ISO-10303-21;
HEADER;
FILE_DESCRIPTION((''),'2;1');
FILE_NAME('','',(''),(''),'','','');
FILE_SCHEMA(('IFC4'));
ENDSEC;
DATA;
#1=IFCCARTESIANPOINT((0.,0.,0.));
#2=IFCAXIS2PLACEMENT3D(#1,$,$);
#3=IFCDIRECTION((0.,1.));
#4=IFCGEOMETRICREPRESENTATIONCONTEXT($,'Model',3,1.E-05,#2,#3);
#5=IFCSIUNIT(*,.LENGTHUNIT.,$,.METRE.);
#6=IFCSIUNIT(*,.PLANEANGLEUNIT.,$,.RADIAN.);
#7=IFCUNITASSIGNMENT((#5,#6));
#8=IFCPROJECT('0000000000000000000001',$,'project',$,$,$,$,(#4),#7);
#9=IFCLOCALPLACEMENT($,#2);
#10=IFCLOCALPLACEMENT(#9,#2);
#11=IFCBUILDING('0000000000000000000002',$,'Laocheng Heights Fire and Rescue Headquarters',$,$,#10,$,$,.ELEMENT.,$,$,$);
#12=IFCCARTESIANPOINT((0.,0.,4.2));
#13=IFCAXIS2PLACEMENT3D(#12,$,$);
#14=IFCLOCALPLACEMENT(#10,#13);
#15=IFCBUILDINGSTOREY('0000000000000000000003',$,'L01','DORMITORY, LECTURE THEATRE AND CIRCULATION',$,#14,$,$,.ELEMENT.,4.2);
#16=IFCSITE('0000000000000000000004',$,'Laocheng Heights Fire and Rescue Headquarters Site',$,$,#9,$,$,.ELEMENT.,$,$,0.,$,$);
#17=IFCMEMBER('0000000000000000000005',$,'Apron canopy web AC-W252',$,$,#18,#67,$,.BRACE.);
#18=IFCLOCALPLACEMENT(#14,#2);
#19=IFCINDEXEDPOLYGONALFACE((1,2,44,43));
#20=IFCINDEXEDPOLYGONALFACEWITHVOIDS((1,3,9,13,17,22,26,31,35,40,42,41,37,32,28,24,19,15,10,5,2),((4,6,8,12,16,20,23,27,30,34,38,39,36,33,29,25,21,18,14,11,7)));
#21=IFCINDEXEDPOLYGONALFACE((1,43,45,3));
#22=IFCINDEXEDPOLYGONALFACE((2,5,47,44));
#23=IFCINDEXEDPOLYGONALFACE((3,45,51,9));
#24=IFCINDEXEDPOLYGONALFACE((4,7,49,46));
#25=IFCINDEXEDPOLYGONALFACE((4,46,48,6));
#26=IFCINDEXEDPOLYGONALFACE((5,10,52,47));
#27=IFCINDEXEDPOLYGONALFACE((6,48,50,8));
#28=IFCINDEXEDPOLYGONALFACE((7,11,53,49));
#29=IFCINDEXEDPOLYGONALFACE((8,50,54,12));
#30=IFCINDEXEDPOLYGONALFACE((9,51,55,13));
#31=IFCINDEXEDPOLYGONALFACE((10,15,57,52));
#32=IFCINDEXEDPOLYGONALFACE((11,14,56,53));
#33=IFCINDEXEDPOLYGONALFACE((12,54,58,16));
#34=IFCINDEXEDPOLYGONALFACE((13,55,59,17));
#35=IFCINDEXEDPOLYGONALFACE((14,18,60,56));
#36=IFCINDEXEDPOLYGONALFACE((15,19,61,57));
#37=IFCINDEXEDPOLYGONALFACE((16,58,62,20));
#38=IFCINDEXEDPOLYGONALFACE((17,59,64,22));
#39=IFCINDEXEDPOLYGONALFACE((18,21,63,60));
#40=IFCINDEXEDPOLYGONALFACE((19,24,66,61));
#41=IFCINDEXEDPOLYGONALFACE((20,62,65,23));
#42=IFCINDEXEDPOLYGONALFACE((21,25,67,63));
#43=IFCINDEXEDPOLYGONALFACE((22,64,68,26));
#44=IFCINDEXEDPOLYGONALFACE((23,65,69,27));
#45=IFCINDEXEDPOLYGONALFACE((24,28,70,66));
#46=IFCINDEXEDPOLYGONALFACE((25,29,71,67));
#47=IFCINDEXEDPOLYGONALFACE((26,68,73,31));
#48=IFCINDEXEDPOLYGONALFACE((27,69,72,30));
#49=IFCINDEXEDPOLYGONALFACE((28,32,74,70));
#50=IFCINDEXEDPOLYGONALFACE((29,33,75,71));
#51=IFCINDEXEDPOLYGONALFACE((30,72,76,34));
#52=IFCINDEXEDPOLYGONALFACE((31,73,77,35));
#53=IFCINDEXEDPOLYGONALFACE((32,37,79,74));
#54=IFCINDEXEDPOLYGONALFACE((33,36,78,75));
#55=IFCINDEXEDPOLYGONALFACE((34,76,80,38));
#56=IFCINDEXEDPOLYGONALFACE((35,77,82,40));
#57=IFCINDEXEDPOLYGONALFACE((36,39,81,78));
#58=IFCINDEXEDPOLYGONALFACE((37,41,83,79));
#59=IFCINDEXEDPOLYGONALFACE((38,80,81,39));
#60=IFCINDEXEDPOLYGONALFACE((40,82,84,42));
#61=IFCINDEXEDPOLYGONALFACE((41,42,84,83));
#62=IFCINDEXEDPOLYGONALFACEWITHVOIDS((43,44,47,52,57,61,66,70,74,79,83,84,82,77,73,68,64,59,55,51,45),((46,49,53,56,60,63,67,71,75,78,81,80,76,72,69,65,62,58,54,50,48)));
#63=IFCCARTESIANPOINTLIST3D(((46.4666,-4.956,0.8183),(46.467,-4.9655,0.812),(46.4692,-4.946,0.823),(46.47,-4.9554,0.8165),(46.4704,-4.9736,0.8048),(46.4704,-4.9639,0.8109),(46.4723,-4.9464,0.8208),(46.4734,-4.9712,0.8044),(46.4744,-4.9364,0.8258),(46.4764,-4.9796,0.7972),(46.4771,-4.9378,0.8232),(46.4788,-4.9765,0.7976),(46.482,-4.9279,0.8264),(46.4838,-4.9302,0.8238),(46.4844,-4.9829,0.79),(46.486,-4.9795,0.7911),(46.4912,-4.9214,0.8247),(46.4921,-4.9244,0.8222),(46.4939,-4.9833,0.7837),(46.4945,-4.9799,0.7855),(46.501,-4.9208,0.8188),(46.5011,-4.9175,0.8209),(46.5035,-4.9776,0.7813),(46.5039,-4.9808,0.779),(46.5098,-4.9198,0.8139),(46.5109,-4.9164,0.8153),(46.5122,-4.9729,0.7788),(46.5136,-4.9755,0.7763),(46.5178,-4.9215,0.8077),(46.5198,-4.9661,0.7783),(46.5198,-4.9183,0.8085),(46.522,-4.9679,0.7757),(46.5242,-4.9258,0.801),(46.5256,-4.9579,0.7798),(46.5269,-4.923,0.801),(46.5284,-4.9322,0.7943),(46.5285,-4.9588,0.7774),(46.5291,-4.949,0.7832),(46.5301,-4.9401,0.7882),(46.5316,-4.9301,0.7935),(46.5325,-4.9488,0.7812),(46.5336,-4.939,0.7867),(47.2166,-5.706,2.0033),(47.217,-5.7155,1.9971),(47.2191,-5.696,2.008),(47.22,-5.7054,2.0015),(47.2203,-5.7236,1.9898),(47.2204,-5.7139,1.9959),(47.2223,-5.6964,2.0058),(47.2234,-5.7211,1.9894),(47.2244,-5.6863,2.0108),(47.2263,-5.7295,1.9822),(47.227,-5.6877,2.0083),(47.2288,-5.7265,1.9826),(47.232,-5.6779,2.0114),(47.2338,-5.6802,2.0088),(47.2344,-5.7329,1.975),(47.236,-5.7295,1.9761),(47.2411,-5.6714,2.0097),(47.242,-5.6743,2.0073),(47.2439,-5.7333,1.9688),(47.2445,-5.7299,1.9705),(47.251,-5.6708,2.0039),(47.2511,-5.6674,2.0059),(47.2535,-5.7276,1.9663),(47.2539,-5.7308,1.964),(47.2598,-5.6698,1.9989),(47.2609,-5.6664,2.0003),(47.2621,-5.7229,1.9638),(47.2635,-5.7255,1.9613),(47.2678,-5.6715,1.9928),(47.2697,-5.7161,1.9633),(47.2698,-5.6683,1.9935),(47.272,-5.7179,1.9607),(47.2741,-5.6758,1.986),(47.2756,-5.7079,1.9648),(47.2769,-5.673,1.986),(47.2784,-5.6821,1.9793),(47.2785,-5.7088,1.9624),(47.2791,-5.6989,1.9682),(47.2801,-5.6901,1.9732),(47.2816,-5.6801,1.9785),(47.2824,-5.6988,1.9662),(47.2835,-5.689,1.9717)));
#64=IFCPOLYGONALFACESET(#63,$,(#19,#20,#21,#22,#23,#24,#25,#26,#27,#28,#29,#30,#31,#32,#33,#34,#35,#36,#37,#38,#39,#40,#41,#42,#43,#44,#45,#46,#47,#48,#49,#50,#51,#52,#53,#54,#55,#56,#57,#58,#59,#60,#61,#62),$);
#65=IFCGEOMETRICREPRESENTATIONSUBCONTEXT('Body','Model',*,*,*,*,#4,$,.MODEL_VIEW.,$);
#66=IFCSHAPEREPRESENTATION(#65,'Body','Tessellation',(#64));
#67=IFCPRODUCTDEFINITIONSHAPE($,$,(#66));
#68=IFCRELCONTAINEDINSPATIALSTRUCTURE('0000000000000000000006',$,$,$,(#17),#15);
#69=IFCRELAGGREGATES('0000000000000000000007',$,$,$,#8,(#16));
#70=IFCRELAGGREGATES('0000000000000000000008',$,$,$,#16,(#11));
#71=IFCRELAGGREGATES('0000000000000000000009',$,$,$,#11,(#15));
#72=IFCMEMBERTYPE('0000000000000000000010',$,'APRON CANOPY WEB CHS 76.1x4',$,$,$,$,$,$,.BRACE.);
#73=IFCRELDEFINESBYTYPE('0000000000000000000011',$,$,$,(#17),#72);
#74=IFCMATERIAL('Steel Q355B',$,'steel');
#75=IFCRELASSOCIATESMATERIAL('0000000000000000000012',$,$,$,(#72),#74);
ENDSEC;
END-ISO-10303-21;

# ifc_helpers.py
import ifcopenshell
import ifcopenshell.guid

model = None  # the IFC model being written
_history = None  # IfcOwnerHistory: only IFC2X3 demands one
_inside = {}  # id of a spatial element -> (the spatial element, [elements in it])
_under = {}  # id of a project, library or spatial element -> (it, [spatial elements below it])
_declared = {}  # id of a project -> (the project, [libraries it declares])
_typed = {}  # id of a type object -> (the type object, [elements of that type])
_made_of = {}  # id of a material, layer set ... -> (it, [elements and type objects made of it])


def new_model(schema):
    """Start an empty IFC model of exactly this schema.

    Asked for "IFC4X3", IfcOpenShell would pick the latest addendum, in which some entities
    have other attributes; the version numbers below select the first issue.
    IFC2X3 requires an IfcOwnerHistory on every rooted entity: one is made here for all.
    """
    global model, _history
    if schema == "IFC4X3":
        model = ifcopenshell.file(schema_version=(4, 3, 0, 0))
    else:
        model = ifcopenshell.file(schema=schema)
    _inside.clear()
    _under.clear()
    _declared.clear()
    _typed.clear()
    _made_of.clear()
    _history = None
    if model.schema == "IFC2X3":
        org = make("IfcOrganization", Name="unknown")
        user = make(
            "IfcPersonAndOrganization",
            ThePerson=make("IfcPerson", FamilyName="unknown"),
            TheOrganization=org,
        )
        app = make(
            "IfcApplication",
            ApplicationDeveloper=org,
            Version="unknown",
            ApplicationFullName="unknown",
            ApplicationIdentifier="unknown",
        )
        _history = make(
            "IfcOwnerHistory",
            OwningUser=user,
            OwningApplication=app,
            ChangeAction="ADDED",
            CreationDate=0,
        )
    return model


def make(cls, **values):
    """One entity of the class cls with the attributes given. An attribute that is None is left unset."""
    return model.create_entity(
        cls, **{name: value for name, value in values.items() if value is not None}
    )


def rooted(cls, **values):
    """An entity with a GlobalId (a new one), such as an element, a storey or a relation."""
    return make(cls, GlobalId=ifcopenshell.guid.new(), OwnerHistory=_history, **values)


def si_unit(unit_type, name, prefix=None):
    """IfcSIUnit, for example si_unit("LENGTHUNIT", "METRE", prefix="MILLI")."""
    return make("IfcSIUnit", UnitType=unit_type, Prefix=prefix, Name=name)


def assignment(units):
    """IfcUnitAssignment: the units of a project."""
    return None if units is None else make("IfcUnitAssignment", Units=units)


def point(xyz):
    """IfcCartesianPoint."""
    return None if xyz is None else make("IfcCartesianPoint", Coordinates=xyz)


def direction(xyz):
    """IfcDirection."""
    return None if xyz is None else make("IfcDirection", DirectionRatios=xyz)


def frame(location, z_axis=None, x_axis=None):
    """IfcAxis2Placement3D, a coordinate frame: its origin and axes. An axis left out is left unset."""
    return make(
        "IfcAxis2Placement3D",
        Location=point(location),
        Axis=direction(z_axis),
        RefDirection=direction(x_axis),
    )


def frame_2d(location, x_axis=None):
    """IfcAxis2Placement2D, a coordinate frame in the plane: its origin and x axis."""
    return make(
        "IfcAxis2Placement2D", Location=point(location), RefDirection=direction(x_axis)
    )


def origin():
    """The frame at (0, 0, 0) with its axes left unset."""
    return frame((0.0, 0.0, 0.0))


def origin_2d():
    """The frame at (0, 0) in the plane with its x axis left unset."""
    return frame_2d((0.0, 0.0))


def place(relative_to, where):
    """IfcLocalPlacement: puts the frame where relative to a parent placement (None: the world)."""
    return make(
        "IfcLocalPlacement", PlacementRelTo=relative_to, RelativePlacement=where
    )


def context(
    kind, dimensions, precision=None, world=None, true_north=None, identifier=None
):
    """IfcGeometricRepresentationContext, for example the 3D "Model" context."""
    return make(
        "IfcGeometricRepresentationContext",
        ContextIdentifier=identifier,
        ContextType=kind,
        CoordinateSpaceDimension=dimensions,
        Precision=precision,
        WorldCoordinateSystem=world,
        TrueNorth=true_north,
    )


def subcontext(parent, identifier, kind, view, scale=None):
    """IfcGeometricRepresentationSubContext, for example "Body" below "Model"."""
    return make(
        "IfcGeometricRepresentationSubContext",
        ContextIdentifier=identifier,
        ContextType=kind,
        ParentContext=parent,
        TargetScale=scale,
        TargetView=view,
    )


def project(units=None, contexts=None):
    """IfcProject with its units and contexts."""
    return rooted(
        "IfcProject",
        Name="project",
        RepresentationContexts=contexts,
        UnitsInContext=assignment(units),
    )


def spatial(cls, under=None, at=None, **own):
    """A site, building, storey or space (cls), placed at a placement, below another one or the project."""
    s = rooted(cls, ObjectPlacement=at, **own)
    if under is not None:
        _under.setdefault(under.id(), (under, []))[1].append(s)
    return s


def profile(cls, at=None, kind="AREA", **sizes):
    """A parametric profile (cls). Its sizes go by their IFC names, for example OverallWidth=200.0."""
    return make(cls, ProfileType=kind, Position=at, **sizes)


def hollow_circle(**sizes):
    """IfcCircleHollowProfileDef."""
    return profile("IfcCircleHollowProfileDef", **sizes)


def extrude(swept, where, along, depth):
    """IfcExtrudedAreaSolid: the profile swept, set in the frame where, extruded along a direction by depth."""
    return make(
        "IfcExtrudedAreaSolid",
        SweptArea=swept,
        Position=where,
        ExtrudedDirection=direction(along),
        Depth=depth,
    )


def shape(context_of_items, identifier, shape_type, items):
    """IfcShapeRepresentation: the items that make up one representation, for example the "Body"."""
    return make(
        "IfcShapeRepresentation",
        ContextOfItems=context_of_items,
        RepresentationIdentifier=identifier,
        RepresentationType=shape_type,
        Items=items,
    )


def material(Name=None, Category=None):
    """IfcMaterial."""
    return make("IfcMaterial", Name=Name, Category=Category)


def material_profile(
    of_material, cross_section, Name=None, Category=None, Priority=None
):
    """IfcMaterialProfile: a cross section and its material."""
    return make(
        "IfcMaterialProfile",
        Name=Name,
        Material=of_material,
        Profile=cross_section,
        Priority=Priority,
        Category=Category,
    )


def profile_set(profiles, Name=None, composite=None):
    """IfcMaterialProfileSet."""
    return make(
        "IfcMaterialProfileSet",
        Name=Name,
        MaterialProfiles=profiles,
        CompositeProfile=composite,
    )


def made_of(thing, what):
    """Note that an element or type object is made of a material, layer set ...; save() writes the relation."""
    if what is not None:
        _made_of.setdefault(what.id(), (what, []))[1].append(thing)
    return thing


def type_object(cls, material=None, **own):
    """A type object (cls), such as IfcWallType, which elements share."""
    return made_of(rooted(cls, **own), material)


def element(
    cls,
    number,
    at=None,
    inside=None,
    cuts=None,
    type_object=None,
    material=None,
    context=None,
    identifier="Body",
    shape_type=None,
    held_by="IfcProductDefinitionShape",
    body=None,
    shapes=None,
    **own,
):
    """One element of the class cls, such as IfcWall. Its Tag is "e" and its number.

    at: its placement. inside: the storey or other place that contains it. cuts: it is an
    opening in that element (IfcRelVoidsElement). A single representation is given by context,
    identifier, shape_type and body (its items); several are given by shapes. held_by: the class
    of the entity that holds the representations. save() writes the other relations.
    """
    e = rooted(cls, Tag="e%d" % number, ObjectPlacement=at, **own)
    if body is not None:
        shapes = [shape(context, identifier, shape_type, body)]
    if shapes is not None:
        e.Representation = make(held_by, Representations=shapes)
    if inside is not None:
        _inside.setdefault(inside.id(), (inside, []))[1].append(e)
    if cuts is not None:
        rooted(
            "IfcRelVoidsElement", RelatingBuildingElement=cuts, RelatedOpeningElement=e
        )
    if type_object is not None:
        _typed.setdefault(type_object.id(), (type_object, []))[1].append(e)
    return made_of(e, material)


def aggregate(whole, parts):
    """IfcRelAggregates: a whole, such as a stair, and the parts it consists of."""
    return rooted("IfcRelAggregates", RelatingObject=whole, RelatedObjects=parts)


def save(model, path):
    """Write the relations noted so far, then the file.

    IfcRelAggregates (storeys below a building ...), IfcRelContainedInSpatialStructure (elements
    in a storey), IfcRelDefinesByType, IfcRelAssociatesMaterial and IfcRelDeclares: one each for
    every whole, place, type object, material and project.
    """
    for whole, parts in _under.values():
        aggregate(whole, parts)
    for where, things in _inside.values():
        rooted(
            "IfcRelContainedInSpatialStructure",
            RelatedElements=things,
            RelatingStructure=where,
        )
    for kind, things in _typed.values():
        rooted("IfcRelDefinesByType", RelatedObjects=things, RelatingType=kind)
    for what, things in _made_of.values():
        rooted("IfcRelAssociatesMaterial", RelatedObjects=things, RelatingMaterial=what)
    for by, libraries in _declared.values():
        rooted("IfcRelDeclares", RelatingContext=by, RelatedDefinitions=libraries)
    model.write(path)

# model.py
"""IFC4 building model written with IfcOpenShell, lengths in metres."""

from ifc_helpers import new_model, si_unit, direction, frame, origin, origin_2d, place, context, subcontext, project, spatial, hollow_circle, extrude, material, material_profile, profile_set, type_object, element, save


model = new_model("IFC4")

# Units and contexts
model_context = context("Model", 3, precision=1e-05, world=origin(), true_north=direction((0.0, 1.0)))
body_context = subcontext(model_context, "Body", "Model", "MODEL_VIEW")
ifc_project = project(units=[si_unit("LENGTHUNIT", "METRE"), si_unit("PLANEANGLEUNIT", "RADIAN")], contexts=[model_context])

# Site, building, storey
site_placement = place(None, origin())
site = spatial("IfcSite", under=ifc_project, at=site_placement, Name="Laocheng Heights Fire and Rescue Headquarters Site", CompositionType="ELEMENT", RefElevation=0.0)
building_placement = place(site_placement, origin())
building = spatial("IfcBuilding", under=site, at=building_placement, Name="Laocheng Heights Fire and Rescue Headquarters", CompositionType="ELEMENT")
storey_placement = place(building_placement, frame((0.0, 0.0, 4.2)))
storey = spatial("IfcBuildingStorey", under=building, at=storey_placement, Name="L01", Description="DORMITORY, LECTURE THEATRE AND CIRCULATION", CompositionType="ELEMENT", Elevation=4.2)

# Member
ifc_material_1 = material(Name="Steel Q355B", Category="steel")
ifc_material_profile_1 = material_profile(ifc_material_1, hollow_circle(Radius=0.0381, WallThickness=0.0039, at=origin_2d()), Name="CHS 76.1x4")
ifc_profile_set_1 = profile_set([ifc_material_profile_1], Name="Steel Q355B")
member_type_1 = type_object("IfcMemberType", Name="APRON CANOPY WEB CHS 76.1x4", PredefinedType="BRACE", material=ifc_profile_set_1)
for number, where, z_axis, x_axis, name in (
    (1, (46.5, -4.95, 0.801), (0.47158, -0.47158, 0.745134), (0.707107, 0.707107, 0.0), "Apron canopy web AC-W252"),
):
    element("IfcMember", number, at=place(storey_placement, frame(where, z_axis=z_axis, x_axis=x_axis)), inside=storey, type_object=member_type_1, Name=name, PredefinedType="BRACE", context=body_context, shape_type="SweptSolid", body=[
        extrude(hollow_circle(Radius=0.0381, WallThickness=0.0039, at=origin_2d()), origin(), (0.0, 0.0, 1.0), 1.5903),
    ])

save(model, "model.ifc")
